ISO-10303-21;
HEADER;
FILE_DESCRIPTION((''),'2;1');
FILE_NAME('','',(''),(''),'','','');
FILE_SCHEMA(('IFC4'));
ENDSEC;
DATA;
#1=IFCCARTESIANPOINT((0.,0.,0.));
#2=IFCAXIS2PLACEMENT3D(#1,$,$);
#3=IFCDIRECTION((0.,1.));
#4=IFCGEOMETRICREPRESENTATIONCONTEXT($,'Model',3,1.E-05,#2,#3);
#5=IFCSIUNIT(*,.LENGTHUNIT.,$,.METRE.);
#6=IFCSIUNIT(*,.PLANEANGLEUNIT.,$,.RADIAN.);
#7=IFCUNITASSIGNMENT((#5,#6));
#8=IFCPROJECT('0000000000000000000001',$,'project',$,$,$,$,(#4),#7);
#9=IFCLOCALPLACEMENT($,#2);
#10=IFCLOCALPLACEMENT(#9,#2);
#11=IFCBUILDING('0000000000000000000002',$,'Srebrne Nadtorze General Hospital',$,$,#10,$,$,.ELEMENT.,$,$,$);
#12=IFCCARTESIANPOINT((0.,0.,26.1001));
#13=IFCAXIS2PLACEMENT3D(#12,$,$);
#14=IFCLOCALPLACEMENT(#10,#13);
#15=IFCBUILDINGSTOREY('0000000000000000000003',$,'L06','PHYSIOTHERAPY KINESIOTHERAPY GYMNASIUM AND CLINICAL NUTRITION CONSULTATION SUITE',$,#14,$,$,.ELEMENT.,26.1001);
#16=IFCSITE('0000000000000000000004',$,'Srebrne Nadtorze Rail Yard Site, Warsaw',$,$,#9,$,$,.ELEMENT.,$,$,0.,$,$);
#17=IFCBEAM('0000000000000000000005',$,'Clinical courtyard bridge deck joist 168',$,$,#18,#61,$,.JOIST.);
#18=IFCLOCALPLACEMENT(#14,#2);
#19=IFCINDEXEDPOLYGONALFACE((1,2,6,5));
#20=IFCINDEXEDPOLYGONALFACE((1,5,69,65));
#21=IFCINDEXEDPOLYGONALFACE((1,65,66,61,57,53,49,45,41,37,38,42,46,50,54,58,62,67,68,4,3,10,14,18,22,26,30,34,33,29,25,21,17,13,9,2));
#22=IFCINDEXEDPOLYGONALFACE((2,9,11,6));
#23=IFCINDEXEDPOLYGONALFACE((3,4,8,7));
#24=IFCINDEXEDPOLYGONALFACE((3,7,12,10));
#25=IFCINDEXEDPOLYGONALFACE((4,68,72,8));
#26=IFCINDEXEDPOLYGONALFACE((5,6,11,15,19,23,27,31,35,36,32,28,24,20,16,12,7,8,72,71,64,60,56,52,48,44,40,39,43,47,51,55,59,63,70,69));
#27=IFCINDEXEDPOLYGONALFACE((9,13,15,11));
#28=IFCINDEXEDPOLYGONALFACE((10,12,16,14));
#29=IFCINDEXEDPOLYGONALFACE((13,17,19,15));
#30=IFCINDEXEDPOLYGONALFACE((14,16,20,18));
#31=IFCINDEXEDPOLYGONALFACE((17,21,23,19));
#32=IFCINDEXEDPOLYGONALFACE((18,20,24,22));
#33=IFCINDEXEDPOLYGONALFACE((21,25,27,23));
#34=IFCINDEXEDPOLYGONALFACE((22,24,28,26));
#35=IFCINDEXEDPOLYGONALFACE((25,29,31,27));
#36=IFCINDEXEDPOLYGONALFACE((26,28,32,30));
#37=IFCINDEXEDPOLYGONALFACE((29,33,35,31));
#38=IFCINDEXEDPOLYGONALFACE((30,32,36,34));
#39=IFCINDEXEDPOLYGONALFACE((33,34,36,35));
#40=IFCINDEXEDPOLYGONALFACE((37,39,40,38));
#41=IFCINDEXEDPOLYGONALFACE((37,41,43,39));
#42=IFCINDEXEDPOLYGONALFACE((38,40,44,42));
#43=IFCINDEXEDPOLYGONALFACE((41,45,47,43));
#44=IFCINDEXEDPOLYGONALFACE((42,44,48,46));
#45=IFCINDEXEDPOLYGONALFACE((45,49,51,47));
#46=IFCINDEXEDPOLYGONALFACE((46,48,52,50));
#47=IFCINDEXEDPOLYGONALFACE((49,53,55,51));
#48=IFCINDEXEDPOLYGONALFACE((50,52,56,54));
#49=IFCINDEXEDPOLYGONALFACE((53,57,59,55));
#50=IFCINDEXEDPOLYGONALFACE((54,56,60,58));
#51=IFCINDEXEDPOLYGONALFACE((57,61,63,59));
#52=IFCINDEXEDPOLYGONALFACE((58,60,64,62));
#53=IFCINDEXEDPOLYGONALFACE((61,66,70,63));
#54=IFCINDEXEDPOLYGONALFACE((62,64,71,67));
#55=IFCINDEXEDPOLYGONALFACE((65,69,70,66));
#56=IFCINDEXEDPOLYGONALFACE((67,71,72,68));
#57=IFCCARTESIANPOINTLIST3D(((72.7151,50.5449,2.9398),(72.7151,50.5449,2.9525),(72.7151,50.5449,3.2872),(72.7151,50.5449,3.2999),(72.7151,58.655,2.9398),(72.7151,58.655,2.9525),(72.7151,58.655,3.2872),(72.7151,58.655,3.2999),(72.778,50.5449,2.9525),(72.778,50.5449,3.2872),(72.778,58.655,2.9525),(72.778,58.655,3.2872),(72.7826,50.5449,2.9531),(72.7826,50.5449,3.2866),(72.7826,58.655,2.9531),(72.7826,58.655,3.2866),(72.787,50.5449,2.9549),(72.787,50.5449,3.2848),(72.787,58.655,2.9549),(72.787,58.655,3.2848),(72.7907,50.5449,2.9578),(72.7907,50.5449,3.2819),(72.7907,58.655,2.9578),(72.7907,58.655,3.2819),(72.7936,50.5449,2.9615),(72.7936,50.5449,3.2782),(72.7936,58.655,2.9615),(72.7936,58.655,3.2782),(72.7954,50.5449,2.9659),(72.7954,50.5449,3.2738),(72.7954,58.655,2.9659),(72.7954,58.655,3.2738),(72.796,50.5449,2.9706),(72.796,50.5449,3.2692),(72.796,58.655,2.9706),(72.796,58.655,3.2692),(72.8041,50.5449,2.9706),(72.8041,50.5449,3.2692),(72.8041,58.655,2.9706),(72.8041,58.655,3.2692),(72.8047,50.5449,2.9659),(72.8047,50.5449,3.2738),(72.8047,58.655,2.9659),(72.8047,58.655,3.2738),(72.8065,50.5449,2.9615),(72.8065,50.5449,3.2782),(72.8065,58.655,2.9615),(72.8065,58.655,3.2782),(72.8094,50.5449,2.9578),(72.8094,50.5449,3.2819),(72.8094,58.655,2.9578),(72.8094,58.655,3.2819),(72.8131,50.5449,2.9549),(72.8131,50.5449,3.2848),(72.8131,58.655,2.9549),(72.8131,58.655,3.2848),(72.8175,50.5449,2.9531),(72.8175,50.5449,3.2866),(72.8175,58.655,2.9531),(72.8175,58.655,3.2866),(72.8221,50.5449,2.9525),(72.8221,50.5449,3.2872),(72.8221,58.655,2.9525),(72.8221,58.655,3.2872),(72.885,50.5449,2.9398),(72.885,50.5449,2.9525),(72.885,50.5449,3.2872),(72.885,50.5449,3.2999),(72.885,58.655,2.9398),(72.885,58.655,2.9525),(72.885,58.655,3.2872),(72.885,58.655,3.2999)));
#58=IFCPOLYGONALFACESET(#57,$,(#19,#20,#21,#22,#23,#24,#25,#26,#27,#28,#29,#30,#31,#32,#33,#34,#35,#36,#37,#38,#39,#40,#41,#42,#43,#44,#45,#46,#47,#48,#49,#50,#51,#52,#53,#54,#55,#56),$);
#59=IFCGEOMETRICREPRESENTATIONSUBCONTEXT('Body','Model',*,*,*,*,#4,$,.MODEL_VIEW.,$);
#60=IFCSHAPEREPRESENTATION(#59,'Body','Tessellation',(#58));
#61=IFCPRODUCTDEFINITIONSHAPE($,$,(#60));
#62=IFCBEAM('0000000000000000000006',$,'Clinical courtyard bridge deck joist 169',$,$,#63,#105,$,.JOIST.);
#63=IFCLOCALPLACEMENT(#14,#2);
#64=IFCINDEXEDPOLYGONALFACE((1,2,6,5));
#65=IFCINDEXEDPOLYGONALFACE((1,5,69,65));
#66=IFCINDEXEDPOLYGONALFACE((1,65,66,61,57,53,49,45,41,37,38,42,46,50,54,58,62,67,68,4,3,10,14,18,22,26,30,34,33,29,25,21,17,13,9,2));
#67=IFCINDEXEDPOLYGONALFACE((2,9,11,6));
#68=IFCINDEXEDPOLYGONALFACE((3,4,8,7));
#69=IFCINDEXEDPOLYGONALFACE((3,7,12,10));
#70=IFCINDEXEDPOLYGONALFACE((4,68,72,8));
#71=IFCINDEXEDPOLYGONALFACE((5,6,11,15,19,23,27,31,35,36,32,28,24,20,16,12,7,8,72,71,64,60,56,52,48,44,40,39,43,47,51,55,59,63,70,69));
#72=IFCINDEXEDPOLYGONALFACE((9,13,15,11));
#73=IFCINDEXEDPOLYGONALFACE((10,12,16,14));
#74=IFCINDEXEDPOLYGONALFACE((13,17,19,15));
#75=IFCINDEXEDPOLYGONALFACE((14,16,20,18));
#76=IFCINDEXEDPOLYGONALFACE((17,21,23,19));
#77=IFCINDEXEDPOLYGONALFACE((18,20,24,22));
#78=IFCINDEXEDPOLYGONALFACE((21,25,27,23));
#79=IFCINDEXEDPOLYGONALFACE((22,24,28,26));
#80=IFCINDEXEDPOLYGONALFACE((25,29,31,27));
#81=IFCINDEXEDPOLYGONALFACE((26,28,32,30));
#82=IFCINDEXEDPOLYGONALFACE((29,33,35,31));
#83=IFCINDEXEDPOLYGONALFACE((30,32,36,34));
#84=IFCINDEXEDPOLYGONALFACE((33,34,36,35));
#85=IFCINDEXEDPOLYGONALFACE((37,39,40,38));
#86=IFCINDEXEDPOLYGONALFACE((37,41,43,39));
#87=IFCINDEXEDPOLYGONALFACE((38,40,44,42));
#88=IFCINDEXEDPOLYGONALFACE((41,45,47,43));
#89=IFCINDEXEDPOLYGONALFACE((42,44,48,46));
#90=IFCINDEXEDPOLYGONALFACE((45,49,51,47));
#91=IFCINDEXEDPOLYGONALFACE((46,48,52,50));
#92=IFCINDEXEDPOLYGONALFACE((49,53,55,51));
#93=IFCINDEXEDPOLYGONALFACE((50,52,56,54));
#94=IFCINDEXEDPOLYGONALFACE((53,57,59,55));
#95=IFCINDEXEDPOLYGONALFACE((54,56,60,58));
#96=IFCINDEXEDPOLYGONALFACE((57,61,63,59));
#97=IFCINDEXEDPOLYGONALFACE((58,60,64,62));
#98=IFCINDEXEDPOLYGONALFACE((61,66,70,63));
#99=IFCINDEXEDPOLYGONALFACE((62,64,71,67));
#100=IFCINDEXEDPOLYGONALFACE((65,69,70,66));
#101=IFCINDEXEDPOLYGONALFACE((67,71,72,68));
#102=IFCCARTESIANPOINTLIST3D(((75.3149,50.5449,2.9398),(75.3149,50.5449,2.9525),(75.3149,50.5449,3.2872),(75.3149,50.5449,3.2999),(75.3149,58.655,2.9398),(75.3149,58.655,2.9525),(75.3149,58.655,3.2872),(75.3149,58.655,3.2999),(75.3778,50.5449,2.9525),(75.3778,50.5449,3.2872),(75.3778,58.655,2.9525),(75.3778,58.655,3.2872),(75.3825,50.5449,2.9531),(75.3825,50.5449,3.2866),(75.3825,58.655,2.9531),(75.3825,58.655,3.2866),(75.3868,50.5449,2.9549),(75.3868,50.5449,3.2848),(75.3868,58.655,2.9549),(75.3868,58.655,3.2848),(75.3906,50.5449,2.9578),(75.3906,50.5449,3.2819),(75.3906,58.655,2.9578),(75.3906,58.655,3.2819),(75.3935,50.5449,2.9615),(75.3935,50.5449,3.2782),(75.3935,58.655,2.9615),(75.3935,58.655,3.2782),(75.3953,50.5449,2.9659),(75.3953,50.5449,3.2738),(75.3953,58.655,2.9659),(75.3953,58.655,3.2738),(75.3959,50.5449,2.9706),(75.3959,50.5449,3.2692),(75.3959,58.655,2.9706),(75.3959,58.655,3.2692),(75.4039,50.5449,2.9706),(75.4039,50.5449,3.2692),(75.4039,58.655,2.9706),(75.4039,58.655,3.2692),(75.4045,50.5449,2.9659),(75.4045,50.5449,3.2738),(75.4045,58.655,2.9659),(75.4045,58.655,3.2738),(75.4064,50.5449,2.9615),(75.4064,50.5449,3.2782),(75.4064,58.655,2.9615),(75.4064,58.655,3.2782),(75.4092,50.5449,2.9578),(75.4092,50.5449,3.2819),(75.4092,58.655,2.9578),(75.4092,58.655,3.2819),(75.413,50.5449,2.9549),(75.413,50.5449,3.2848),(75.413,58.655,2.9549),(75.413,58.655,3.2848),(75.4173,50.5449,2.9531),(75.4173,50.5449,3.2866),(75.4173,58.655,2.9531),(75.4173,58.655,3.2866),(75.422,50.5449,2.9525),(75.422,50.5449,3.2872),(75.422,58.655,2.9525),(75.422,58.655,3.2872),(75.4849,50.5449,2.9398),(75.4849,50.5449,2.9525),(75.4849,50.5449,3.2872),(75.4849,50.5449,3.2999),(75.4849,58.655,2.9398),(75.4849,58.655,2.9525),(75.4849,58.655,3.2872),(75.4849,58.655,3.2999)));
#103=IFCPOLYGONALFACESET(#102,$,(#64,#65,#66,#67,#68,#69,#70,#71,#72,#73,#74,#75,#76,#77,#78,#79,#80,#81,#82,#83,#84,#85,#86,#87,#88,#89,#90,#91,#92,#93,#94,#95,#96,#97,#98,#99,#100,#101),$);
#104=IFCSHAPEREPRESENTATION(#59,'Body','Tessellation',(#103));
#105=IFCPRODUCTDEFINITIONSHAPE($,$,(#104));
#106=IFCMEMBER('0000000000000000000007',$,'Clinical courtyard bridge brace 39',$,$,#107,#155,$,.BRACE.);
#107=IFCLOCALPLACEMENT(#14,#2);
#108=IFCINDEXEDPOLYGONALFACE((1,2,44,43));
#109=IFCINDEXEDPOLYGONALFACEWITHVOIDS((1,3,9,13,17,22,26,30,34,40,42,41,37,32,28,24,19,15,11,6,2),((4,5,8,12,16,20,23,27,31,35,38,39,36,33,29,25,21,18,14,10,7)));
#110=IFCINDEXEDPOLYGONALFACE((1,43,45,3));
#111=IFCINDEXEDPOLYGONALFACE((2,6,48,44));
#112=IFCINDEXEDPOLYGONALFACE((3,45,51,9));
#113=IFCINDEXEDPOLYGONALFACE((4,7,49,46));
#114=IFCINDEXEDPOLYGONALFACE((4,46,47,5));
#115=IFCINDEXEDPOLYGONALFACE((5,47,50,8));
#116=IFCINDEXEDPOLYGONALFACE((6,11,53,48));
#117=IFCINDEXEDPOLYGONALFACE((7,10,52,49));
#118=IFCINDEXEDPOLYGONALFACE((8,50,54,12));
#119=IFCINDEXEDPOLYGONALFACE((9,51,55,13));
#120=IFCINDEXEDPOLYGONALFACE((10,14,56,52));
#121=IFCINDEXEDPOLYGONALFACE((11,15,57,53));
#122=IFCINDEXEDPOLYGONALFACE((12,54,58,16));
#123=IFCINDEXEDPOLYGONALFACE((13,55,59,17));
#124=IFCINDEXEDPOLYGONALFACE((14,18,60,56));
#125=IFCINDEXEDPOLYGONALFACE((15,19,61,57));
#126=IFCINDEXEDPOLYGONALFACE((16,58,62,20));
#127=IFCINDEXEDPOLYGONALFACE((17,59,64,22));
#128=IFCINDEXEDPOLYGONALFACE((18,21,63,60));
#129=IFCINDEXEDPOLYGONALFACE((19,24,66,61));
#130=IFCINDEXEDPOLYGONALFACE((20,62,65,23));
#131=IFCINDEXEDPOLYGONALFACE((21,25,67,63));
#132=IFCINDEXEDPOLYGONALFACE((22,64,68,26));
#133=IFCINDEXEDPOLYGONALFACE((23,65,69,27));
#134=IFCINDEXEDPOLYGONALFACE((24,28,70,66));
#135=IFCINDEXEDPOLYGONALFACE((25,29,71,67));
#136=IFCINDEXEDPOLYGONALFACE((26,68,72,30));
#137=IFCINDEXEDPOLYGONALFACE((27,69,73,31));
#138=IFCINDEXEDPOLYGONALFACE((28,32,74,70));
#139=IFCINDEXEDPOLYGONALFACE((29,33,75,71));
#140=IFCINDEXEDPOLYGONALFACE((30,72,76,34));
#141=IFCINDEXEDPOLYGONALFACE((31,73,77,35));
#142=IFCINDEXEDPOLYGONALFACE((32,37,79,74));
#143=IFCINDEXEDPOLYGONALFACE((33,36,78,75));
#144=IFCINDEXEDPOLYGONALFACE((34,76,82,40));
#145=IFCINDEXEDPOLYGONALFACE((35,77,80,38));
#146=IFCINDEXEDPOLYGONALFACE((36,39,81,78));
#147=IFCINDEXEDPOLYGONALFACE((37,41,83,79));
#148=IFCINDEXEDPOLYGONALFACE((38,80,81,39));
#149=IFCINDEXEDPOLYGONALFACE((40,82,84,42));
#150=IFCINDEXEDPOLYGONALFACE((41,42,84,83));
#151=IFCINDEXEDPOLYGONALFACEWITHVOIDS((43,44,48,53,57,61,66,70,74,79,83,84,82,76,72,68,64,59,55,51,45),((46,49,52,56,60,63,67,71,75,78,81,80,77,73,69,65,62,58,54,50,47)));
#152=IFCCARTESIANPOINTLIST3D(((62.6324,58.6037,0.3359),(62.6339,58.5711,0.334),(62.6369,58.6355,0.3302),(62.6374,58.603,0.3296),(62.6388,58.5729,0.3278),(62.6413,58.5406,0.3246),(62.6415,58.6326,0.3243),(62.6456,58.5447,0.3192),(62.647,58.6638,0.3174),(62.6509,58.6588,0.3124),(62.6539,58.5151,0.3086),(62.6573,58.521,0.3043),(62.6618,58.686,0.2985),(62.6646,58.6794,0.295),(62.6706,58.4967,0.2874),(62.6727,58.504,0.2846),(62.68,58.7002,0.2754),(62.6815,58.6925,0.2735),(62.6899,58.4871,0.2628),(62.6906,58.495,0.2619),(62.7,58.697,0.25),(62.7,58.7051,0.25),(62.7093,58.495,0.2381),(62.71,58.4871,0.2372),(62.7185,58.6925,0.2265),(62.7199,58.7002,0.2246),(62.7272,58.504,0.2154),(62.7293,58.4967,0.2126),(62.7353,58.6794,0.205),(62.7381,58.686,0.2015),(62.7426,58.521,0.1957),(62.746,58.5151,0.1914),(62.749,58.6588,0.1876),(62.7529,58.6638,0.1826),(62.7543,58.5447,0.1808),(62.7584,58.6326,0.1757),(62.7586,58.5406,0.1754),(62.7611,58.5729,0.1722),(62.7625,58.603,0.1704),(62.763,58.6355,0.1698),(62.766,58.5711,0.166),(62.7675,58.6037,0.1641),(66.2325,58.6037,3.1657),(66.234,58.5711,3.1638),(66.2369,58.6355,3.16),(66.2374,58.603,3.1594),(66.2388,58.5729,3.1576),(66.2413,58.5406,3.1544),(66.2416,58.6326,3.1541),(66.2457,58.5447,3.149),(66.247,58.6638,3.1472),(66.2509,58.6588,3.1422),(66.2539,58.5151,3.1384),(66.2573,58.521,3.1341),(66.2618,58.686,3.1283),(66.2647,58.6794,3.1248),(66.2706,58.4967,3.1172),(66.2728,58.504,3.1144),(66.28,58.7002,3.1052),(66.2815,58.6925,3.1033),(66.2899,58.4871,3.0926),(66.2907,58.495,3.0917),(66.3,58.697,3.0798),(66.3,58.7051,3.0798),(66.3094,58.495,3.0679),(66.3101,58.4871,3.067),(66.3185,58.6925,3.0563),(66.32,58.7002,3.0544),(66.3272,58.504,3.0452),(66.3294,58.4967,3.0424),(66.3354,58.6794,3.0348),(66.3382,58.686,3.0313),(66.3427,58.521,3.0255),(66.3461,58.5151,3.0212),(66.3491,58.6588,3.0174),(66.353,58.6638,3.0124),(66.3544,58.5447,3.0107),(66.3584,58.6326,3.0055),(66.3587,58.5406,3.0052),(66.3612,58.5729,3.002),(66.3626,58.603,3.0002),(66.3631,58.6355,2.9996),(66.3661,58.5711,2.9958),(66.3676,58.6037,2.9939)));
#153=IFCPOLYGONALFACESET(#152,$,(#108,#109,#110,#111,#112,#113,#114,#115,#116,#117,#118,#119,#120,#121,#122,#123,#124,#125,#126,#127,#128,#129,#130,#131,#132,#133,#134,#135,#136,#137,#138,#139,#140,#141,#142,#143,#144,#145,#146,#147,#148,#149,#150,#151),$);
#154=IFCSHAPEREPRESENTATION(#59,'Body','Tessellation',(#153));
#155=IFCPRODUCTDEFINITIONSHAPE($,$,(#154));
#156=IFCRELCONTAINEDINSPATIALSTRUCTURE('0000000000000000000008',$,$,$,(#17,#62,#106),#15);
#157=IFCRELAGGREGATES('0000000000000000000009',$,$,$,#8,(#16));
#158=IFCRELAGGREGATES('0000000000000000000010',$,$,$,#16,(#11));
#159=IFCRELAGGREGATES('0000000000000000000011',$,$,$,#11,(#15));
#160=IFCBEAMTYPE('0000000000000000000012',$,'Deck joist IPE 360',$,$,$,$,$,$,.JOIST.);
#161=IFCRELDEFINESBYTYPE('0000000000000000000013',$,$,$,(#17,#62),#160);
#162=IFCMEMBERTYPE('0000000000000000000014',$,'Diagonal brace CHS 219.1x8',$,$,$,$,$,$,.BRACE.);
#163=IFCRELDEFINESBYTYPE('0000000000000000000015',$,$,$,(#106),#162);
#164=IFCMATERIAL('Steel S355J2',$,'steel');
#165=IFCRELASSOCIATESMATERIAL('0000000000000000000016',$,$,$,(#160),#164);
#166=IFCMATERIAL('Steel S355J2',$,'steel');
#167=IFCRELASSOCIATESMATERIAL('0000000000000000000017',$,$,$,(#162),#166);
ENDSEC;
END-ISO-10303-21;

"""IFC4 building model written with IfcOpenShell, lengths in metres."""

from ifc_helpers import new_model, si_unit, direction, frame, origin, origin_2d, place, context, subcontext, project, spatial, hollow_circle, i_section, extrude, material, material_profile, profile_set, type_object, element, save


model = new_model("IFC4")

# Units and contexts
model_context = context("Model", 3, precision=1e-05, world=origin(), true_north=direction((0.0, 1.0)))
body_context = subcontext(model_context, "Body", "Model", "MODEL_VIEW")
ifc_project = project(units=[si_unit("LENGTHUNIT", "METRE"), si_unit("PLANEANGLEUNIT", "RADIAN")], contexts=[model_context])

# Site, building, storey
site_placement = place(None, origin())
site = spatial("IfcSite", under=ifc_project, at=site_placement, Name="Srebrne Nadtorze Rail Yard Site, Warsaw", CompositionType="ELEMENT", RefElevation=0.0)
building_placement = place(site_placement, origin())
building = spatial("IfcBuilding", under=site, at=building_placement, Name="Srebrne Nadtorze General Hospital", CompositionType="ELEMENT")
storey_placement = place(building_placement, frame((0.0, 0.0, 26.1001)))
storey = spatial("IfcBuildingStorey", under=building, at=storey_placement, Name="L06", Description="PHYSIOTHERAPY KINESIOTHERAPY GYMNASIUM AND CLINICAL NUTRITION CONSULTATION SUITE", CompositionType="ELEMENT", Elevation=26.1001)

# Beams
ifc_material_1 = material(Name="Steel S355J2", Category="steel")
ifc_material_profile_1 = material_profile(ifc_material_1, i_section(OverallWidth=0.1699, OverallDepth=0.3601, WebThickness=0.0081, FlangeThickness=0.0127, FilletRadius=0.0181, at=origin_2d()), Name="IPE-360")
ifc_profile_set_1 = profile_set([ifc_material_profile_1], Name="Steel S355J2")
beam_type_1 = type_object("IfcBeamType", Name="Deck joist IPE 360", PredefinedType="JOIST", material=ifc_profile_set_1)
for number, where, z_axis, x_axis, name in (
    (1, (72.8, 50.5449, 3.1199), (0.0, 1.0, 0.0), (-1.0, 0.0, 0.0), "Clinical courtyard bridge deck joist 168"),
    (2, (75.3999, 50.5449, 3.1199), (0.0, 1.0, 0.0), (-1.0, 0.0, 0.0), "Clinical courtyard bridge deck joist 169"),
):
    element("IfcBeam", number, at=place(storey_placement, frame(where, z_axis=z_axis, x_axis=x_axis)), inside=storey, type_object=beam_type_1, Name=name, PredefinedType="JOIST", context=body_context, shape_type="SweptSolid", body=[
        extrude(i_section(OverallWidth=0.1699, OverallDepth=0.3601, WebThickness=0.0081, FlangeThickness=0.0127, FilletRadius=0.0181, at=origin_2d()), origin(), (0.0, 0.0, 1.0), 8.1101),
    ])

# Member
ifc_material_2 = material(Name="Steel S355J2", Category="steel")
ifc_material_profile_2 = material_profile(ifc_material_2, hollow_circle(Radius=0.1096, WallThickness=0.0081, at=origin_2d()), Name="CHS-219.1x8")
ifc_profile_set_2 = profile_set([ifc_material_profile_2], Name="Steel S355J2")
member_type_1 = type_object("IfcMemberType", Name="Diagonal brace CHS 219.1x8", PredefinedType="BRACE", material=ifc_profile_set_2)
member_1_placement = place(storey_placement, frame((62.7, 58.5955, 0.25), z_axis=(0.786193, 0.0, 0.617982), x_axis=(0.0, 1.0, 0.0)))
element("IfcMember", 3, at=member_1_placement, inside=storey, type_object=member_type_1, Name="Clinical courtyard bridge brace 39", PredefinedType="BRACE", context=body_context, shape_type="SweptSolid", body=[
    extrude(hollow_circle(Radius=0.1096, WallThickness=0.0081, at=origin_2d()), origin(), (0.0, 0.0, 1.0), 4.5791),
])

save(model, "model.ifc")
